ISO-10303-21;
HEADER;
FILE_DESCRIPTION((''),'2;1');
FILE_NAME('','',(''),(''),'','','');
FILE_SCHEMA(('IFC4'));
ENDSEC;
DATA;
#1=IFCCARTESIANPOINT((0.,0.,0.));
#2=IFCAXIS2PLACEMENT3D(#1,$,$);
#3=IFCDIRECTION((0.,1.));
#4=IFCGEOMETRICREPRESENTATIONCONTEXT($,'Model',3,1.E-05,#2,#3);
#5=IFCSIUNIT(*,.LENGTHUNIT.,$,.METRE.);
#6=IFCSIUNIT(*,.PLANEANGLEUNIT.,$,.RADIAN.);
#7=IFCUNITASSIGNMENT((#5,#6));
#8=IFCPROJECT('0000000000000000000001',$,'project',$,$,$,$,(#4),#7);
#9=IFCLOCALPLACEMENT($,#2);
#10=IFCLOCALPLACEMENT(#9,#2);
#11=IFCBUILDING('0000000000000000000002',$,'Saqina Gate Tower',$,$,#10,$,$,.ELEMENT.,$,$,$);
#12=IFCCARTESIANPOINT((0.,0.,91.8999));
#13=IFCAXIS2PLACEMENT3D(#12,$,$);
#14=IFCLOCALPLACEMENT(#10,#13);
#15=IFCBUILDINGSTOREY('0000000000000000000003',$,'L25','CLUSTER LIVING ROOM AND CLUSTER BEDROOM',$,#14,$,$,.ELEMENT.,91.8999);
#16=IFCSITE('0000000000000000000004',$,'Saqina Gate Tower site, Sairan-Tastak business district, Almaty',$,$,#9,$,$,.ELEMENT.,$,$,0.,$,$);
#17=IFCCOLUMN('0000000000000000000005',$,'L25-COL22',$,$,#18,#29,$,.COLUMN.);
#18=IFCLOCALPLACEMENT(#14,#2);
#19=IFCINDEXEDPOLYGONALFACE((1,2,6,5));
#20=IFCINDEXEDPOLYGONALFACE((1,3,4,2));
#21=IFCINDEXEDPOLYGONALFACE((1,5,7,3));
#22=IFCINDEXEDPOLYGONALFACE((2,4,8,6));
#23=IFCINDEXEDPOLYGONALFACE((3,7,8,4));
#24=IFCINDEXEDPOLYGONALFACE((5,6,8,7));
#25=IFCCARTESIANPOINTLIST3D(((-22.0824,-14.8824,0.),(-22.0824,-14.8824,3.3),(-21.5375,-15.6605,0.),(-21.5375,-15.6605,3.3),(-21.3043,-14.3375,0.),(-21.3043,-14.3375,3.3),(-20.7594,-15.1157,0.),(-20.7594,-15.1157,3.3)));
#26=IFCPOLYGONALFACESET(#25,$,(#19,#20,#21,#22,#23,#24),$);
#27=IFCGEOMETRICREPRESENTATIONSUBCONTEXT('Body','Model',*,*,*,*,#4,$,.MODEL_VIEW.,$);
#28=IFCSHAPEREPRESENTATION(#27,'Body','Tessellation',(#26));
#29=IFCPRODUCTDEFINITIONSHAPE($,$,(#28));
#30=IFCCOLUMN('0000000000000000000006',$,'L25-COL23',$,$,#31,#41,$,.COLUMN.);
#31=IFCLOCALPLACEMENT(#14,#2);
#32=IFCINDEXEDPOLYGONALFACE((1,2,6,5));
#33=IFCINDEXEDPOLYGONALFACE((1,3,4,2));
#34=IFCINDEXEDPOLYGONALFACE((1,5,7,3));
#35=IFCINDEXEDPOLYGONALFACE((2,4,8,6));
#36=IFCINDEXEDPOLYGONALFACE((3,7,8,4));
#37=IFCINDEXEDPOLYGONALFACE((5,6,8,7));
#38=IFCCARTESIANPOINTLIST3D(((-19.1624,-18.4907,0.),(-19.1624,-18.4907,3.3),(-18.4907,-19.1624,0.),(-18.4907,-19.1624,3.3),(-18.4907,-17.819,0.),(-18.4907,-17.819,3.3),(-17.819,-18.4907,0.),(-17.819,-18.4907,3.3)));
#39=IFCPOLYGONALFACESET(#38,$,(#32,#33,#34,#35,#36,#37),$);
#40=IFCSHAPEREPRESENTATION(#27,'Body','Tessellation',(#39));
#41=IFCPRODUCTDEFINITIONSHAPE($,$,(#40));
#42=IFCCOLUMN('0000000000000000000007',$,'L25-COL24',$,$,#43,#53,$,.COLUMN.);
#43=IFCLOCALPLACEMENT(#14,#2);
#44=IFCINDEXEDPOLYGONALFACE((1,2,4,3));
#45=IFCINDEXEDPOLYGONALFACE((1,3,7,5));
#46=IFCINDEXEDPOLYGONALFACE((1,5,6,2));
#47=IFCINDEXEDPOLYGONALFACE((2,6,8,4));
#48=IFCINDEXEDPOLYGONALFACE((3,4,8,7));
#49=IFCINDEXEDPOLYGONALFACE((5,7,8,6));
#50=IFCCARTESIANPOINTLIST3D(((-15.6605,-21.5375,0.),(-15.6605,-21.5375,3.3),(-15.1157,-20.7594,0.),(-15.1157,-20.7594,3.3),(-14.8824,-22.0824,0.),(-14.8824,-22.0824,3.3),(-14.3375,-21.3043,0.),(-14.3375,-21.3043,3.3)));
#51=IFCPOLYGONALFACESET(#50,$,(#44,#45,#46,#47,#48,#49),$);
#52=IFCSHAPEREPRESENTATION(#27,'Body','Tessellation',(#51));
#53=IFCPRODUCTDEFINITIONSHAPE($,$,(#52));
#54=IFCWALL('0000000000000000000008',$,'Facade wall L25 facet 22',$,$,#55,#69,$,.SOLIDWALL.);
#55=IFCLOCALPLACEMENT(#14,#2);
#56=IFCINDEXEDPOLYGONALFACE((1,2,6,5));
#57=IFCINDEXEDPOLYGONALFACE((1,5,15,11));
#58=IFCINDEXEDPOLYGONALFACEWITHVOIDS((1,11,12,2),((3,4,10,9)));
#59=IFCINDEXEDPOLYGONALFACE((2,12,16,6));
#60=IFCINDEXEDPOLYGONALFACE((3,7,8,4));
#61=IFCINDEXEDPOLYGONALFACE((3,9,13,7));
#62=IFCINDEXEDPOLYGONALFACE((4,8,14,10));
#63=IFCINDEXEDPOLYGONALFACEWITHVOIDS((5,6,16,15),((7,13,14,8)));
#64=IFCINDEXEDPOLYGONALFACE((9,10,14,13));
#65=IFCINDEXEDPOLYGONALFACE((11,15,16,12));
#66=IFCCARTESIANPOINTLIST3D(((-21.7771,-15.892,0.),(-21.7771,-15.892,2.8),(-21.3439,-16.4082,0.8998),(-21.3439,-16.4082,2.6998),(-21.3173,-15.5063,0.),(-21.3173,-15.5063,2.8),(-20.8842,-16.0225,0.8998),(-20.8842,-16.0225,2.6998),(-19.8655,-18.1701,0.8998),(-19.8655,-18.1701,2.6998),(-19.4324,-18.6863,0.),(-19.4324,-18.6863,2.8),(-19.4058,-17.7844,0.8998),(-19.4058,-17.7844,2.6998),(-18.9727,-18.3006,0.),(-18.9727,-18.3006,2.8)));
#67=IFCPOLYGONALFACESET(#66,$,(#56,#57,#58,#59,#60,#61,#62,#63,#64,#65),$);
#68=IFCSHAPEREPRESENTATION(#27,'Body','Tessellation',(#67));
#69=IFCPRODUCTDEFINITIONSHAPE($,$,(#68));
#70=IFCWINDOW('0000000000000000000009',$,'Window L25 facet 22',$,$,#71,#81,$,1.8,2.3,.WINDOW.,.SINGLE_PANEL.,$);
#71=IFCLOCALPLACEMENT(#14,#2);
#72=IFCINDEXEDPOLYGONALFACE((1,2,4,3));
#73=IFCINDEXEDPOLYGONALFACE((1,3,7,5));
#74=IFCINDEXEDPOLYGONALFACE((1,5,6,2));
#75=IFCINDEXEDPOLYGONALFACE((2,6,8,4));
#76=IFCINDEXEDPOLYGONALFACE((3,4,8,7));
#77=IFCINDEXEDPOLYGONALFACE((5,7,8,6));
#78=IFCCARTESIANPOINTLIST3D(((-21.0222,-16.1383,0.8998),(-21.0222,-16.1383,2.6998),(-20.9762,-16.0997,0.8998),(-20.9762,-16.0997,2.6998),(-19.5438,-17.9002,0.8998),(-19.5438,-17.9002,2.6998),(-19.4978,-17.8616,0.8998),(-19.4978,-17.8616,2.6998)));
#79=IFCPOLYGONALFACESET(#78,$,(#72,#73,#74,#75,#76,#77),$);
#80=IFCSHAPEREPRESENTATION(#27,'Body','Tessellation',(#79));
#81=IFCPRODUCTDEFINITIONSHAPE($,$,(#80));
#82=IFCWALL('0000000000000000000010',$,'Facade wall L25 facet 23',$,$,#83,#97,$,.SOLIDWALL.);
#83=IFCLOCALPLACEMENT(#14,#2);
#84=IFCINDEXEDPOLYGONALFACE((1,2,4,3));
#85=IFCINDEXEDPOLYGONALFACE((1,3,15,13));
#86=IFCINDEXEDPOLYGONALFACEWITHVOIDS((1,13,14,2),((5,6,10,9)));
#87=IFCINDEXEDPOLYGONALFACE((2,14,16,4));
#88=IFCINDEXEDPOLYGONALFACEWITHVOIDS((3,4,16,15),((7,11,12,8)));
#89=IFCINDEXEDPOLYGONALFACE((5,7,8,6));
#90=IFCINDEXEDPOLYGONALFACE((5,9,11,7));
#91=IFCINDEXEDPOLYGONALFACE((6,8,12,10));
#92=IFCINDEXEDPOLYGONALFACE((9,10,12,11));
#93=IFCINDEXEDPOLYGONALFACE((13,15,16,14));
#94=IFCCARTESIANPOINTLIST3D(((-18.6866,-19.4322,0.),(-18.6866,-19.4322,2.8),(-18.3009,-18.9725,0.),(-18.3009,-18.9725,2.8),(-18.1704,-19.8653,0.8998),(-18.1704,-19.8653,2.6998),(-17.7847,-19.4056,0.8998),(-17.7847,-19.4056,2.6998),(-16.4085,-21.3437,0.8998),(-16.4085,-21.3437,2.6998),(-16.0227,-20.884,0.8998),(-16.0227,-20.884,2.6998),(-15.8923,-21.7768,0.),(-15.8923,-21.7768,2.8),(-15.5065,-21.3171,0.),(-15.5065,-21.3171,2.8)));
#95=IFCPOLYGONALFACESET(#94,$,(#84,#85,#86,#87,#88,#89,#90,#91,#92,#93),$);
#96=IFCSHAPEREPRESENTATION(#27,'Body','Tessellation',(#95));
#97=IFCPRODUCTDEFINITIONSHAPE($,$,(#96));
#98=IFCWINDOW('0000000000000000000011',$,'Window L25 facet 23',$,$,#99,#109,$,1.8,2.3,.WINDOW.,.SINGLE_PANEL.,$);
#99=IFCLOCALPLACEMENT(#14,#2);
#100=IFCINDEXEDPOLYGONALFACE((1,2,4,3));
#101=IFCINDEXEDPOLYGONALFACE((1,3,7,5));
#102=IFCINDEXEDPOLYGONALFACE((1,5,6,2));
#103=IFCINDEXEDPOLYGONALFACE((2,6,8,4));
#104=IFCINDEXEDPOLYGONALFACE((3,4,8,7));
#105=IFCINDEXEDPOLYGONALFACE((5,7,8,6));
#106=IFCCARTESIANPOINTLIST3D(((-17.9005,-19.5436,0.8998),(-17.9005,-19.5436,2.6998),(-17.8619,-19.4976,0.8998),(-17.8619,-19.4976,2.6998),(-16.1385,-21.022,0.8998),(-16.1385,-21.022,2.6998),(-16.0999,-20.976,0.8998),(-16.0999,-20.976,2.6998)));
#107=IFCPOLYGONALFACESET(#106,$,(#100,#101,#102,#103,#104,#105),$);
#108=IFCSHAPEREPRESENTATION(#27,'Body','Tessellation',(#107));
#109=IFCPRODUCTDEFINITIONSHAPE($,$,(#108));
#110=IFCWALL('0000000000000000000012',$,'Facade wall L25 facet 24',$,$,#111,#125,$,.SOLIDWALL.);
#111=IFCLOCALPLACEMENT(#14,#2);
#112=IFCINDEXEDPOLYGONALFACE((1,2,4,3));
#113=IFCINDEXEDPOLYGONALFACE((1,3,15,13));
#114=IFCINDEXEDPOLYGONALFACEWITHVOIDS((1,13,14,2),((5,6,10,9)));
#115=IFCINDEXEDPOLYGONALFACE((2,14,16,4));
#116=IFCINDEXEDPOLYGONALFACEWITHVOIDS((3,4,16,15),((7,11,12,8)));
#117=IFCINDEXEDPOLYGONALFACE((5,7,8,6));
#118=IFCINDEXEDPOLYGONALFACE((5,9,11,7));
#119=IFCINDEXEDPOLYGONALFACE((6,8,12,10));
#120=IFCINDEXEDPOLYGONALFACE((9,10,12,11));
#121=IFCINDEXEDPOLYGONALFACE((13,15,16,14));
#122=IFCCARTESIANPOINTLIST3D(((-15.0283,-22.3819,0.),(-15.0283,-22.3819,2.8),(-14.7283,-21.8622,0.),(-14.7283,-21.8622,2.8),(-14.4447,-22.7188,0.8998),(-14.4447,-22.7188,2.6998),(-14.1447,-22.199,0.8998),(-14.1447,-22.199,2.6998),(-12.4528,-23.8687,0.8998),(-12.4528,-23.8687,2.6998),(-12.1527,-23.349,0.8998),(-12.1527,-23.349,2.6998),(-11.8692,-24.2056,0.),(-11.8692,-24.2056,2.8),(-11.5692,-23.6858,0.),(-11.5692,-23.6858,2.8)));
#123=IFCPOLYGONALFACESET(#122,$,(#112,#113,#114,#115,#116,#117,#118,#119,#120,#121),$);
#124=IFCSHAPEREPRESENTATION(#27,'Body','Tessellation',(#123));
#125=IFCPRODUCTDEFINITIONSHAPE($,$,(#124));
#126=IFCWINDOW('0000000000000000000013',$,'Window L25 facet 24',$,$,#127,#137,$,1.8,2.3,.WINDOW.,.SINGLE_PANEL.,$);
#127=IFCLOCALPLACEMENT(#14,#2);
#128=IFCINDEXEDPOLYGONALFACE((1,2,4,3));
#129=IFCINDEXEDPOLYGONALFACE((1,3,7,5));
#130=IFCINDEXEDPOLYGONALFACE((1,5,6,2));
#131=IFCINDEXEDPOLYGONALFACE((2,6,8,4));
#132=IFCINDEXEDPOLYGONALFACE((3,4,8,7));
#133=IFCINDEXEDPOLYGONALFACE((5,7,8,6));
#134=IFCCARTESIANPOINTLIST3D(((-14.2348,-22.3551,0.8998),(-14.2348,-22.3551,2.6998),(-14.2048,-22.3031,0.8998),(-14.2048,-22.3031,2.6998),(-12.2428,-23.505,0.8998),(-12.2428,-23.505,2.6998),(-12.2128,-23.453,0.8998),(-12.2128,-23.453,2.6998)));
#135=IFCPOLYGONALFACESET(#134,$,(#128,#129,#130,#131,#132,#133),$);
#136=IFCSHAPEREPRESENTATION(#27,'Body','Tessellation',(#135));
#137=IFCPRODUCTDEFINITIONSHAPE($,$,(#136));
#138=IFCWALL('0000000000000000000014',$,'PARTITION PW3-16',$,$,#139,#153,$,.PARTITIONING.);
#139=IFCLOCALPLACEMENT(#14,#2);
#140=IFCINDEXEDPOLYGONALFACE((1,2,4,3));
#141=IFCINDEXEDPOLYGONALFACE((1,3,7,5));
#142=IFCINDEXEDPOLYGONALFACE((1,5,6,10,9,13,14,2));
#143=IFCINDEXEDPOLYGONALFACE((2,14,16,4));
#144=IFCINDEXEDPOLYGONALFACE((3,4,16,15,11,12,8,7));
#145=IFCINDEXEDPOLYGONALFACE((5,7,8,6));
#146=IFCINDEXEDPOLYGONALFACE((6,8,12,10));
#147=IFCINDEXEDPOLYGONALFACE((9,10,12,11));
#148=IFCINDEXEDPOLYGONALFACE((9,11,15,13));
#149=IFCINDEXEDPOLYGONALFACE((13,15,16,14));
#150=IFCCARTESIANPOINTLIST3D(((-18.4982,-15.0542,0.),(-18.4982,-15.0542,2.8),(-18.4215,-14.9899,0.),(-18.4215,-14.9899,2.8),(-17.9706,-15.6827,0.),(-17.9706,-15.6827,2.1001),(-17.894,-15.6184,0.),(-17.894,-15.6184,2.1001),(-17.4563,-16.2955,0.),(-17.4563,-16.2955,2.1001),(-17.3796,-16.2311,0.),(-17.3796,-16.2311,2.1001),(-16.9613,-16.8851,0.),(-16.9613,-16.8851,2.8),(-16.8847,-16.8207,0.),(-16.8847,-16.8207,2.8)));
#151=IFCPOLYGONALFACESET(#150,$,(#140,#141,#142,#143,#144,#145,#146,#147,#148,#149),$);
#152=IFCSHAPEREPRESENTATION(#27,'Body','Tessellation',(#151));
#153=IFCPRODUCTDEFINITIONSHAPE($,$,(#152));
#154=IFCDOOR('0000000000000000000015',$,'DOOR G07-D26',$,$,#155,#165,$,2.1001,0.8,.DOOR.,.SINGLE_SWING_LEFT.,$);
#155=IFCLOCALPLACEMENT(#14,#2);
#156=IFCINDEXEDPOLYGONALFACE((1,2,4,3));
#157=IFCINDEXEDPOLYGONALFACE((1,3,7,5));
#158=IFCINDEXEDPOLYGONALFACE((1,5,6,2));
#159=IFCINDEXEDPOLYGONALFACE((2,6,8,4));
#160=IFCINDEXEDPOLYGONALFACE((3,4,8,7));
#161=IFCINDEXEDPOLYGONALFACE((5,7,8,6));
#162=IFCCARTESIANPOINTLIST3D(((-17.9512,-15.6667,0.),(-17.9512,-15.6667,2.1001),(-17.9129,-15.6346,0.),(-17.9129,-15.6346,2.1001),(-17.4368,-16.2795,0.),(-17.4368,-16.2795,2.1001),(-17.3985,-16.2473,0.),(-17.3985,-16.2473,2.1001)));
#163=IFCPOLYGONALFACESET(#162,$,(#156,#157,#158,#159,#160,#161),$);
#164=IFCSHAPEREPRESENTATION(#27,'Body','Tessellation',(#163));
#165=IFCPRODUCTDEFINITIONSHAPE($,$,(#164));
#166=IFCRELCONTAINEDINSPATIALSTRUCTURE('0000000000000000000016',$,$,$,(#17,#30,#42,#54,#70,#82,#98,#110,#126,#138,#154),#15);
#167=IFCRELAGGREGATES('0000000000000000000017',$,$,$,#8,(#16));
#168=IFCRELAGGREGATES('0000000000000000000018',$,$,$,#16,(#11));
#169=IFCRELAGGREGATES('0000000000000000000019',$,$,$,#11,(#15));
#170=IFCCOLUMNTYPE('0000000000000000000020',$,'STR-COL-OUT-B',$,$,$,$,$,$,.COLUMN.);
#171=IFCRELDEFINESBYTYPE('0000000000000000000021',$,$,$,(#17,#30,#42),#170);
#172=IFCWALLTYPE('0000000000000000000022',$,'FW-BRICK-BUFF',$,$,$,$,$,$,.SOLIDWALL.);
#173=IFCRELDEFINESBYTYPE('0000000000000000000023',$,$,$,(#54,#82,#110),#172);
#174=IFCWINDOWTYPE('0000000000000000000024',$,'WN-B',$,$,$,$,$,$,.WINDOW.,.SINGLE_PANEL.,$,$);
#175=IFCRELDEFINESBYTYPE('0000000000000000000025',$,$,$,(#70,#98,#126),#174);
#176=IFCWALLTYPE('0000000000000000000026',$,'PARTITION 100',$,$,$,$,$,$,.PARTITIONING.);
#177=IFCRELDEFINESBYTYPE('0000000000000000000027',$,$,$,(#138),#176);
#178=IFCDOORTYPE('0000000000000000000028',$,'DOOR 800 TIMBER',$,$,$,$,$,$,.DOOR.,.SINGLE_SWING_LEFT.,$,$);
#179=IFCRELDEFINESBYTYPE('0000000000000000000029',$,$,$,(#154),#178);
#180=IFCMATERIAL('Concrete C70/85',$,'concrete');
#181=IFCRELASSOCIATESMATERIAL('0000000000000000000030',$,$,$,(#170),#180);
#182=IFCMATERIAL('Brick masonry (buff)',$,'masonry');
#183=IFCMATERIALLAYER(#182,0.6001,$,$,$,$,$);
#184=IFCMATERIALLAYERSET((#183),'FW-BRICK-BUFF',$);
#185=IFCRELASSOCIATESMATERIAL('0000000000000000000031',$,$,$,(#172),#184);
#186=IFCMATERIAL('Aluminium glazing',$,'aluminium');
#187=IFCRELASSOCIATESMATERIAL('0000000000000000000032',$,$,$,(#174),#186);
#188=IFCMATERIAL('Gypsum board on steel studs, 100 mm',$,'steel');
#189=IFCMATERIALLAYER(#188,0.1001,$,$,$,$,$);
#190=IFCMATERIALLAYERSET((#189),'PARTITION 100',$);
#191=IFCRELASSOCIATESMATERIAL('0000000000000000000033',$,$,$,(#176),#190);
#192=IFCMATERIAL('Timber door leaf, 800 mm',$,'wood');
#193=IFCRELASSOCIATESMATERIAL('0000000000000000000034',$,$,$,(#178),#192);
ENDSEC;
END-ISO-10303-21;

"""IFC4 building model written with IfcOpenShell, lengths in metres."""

from ifc_helpers import new_model, si_unit, direction, frame, frame_2d, origin, origin_2d, place, context, subcontext, project, spatial, rectangle, extrude, material, layer, layer_set, material_profile, profile_set, type_object, element, fill, save


model = new_model("IFC4")

# Units and contexts
model_context = context("Model", 3, precision=1e-05, world=origin(), true_north=direction((0.0, 1.0)))
body_context = subcontext(model_context, "Body", "Model", "MODEL_VIEW")
ifc_project = project(units=[si_unit("LENGTHUNIT", "METRE"), si_unit("PLANEANGLEUNIT", "RADIAN")], contexts=[model_context])

# Site, building, storey
site_placement = place(None, origin())
site = spatial("IfcSite", under=ifc_project, at=site_placement, Name="Saqina Gate Tower site, Sairan-Tastak business district, Almaty", CompositionType="ELEMENT", RefElevation=0.0)
building_placement = place(site_placement, origin())
building = spatial("IfcBuilding", under=site, at=building_placement, Name="Saqina Gate Tower", CompositionType="ELEMENT")
storey_placement = place(building_placement, frame((0.0, 0.0, 91.8999)))
storey = spatial("IfcBuildingStorey", under=building, at=storey_placement, Name="L25", Description="CLUSTER LIVING ROOM AND CLUSTER BEDROOM", CompositionType="ELEMENT", Elevation=91.8999)

# Columns
ifc_material_1 = material(Name="Concrete C70/85", Category="concrete")
ifc_material_profile = material_profile(ifc_material_1, rectangle(XDim=0.95, YDim=0.95, at=origin_2d()), Name="RC 950x950")
ifc_profile_set = profile_set([ifc_material_profile], Name="Concrete C70/85")
column_type = type_object("IfcColumnType", Name="STR-COL-OUT-B", PredefinedType="COLUMN", material=ifc_profile_set)
for number, where, z_axis, x_axis, name in (
    (1, (-21.4209, -14.999, 0.0), (0.0, 0.0, 1.0), (-0.819152, -0.573576, 0.0), "L25-COL22"),
    (2, (-18.4907, -18.4907, 0.0), (0.0, 0.0, 1.0), (-0.707107, -0.707107, 0.0), "L25-COL23"),
    (3, (-14.999, -21.4209, 0.0), (0.0, 0.0, 1.0), (-0.573576, -0.819152, 0.0), "L25-COL24"),
):
    element("IfcColumn", number, at=place(storey_placement, frame(where, z_axis=z_axis, x_axis=x_axis)), inside=storey, type_object=column_type, Name=name, PredefinedType="COLUMN", context=body_context, shape_type="SweptSolid", body=[
        extrude(rectangle(XDim=0.95, YDim=0.95, at=origin_2d()), origin(), (0.0, 0.0, 1.0), 3.3),
    ])

# Walls, openings, windows
ifc_material_2 = material(Name="Brick masonry (buff)", Category="masonry")
ifc_layer_1 = layer(ifc_material_2, 0.6001)
ifc_layer_set_1 = layer_set([ifc_layer_1], Name="FW-BRICK-BUFF")
wall_type_1 = type_object("IfcWallType", Name="FW-BRICK-BUFF", PredefinedType="SOLIDWALL", material=ifc_layer_set_1)
wall_1_placement = place(storey_placement, frame((-21.5471, -15.6992, 0.0), z_axis=(0.0, 0.0, 1.0), x_axis=(0.642774, -0.766055, 0.0)))
wall_1 = element("IfcWall", 4, at=wall_1_placement, inside=storey, type_object=wall_type_1, Name="Facade wall L25 facet 22", PredefinedType="SOLIDWALL", context=body_context, shape_type="SweptSolid", body=[
    extrude(rectangle(XDim=3.6477, YDim=0.6001, at=frame_2d((1.8237, 0.0))), origin(), (0.0, 0.0, 1.0), 2.8),
])
opening_1_placement = place(wall_1_placement, frame((0.6738, 0.0, 0.8999)))
opening_1 = element("IfcOpeningElement", 5, at=opening_1_placement, cuts=wall_1, PredefinedType="OPENING", context=body_context, shape_type="SweptSolid", body=[
    extrude(rectangle(XDim=2.3, YDim=1.8, at=frame_2d((1.1499, 0.8999))), frame((0.0, 0.312, 0.0), z_axis=(0.0, -1.0, 0.0), x_axis=(1.0, 0.0, 0.0)), (0.0, 0.0, 1.0), 0.624),
])
ifc_material_3 = material(Name="Aluminium glazing", Category="aluminium")
window_type = type_object("IfcWindowType", Name="WN-B", PartitioningType="SINGLE_PANEL", PredefinedType="WINDOW", material=ifc_material_3)
window_1_placement = place(opening_1_placement, origin())
window_1 = element("IfcWindow", 6, at=window_1_placement, inside=storey, type_object=window_type, Name="Window L25 facet 22", OverallHeight=1.8, OverallWidth=2.3, PartitioningType="SINGLE_PANEL", PredefinedType="WINDOW", context=body_context, shape_type="SweptSolid", body=[
    extrude(rectangle(XDim=2.3, YDim=1.8, at=frame_2d((1.1499, 0.8999))), frame((0.0, 0.1799, 0.0), z_axis=(0.0, -1.0, 0.0), x_axis=(1.0, 0.0, 0.0)), (0.0, 0.0, 1.0), 0.0601),
])
fill(opening_1, window_1)
wall_2_placement = place(storey_placement, frame((-18.4937, -19.2024, 0.0), z_axis=(0.0, 0.0, 1.0), x_axis=(0.766055, -0.642774, 0.0)))
wall_2 = element("IfcWall", 7, at=wall_2_placement, inside=storey, type_object=wall_type_1, Name="Facade wall L25 facet 23", PredefinedType="SOLIDWALL", context=body_context, shape_type="SweptSolid", body=[
    extrude(rectangle(XDim=3.6477, YDim=0.6001, at=frame_2d((1.8237, 0.0))), origin(), (0.0, 0.0, 1.0), 2.8),
])
opening_2_placement = place(wall_2_placement, frame((0.6738, 0.0, 0.8999)))
opening_2 = element("IfcOpeningElement", 8, at=opening_2_placement, cuts=wall_2, PredefinedType="OPENING", context=body_context, shape_type="SweptSolid", body=[
    extrude(rectangle(XDim=2.3, YDim=1.8, at=frame_2d((1.1499, 0.8999))), frame((0.0, 0.312, 0.0), z_axis=(0.0, -1.0, 0.0), x_axis=(1.0, 0.0, 0.0)), (0.0, 0.0, 1.0), 0.624),
])
window_2_placement = place(opening_2_placement, origin())
window_2 = element("IfcWindow", 9, at=window_2_placement, inside=storey, type_object=window_type, Name="Window L25 facet 23", OverallHeight=1.8, OverallWidth=2.3, PartitioningType="SINGLE_PANEL", PredefinedType="WINDOW", context=body_context, shape_type="SweptSolid", body=[
    extrude(rectangle(XDim=2.3, YDim=1.8, at=frame_2d((1.1499, 0.8999))), frame((0.0, 0.1799, 0.0), z_axis=(0.0, -1.0, 0.0), x_axis=(1.0, 0.0, 0.0)), (0.0, 0.0, 1.0), 0.0601),
])
fill(opening_2, window_2)
wall_3_placement = place(storey_placement, frame((-14.8782, -22.1221, 0.0), z_axis=(0.0, 0.0, 1.0), x_axis=(0.866052, -0.499954, 0.0)))
wall_3 = element("IfcWall", 10, at=wall_3_placement, inside=storey, type_object=wall_type_1, Name="Facade wall L25 facet 24", PredefinedType="SOLIDWALL", context=body_context, shape_type="SweptSolid", body=[
    extrude(rectangle(XDim=3.6477, YDim=0.6001, at=frame_2d((1.8237, 0.0))), origin(), (0.0, 0.0, 1.0), 2.8),
])
opening_3_placement = place(wall_3_placement, frame((0.6738, 0.0, 0.8999)))
opening_3 = element("IfcOpeningElement", 11, at=opening_3_placement, cuts=wall_3, PredefinedType="OPENING", context=body_context, shape_type="SweptSolid", body=[
    extrude(rectangle(XDim=2.3, YDim=1.8, at=frame_2d((1.1499, 0.8999))), frame((0.0, 0.312, 0.0), z_axis=(0.0, -1.0, 0.0), x_axis=(1.0, 0.0, 0.0)), (0.0, 0.0, 1.0), 0.624),
])
window_3_placement = place(opening_3_placement, origin())
window_3 = element("IfcWindow", 12, at=window_3_placement, inside=storey, type_object=window_type, Name="Window L25 facet 24", OverallHeight=1.8, OverallWidth=2.3, PartitioningType="SINGLE_PANEL", PredefinedType="WINDOW", context=body_context, shape_type="SweptSolid", body=[
    extrude(rectangle(XDim=2.3, YDim=1.8, at=frame_2d((1.1499, 0.8999))), frame((0.0, 0.1799, 0.0), z_axis=(0.0, -1.0, 0.0), x_axis=(1.0, 0.0, 0.0)), (0.0, 0.0, 1.0), 0.0601),
])
fill(opening_3, window_3)

# Wall, opening, door
ifc_material_4 = material(Name="Gypsum board on steel studs, 100 mm", Category="steel")
ifc_layer_2 = layer(ifc_material_4, 0.1001)
ifc_layer_set_2 = layer_set([ifc_layer_2], Name="PARTITION 100")
wall_type_2 = type_object("IfcWallType", Name="PARTITION 100", PredefinedType="PARTITIONING", material=ifc_layer_set_2)
wall_4_placement = place(storey_placement, frame((-18.46, -15.022, 0.0), z_axis=(0.0, 0.0, 1.0), x_axis=(0.642943, -0.765914, 0.0)))
wall_4 = element("IfcWall", 13, at=wall_4_placement, inside=storey, type_object=wall_type_2, Name="PARTITION PW3-16", PredefinedType="PARTITIONING", context=body_context, shape_type="SweptSolid", body=[
    extrude(rectangle(XDim=2.3904, YDim=0.1001, at=frame_2d((1.1953, 0.0))), origin(), (0.0, 0.0, 1.0), 2.8),
])
opening_4_placement = place(wall_4_placement, frame((0.8208, 0.0, 0.0)))
opening_4 = element("IfcOpeningElement", 14, at=opening_4_placement, cuts=wall_4, PredefinedType="OPENING", context=body_context, shape_type="SweptSolid", body=[
    extrude(rectangle(XDim=0.8, YDim=2.1001, at=frame_2d((0.3999, 1.05))), frame((0.0, 0.062, 0.0), z_axis=(0.0, -1.0, 0.0), x_axis=(1.0, 0.0, 0.0)), (0.0, 0.0, 1.0), 0.124),
])
ifc_material_5 = material(Name="Timber door leaf, 800 mm", Category="wood")
door_type_1 = type_object("IfcDoorType", Name="DOOR 800 TIMBER", OperationType="SINGLE_SWING_LEFT", PredefinedType="DOOR", material=ifc_material_5)
door_1_placement = place(opening_4_placement, frame((0.8, 0.0, 0.0), z_axis=(0.0, 0.0, 1.0), x_axis=(-1.0, 0.0, 0.0)))
door_1 = element("IfcDoor", 15, at=door_1_placement, inside=storey, type_object=door_type_1, Name="DOOR G07-D26", OperationType="SINGLE_SWING_LEFT", OverallHeight=2.1001, OverallWidth=0.8, PredefinedType="DOOR", context=body_context, shape_type="SweptSolid", body=[
    extrude(rectangle(XDim=0.8, YDim=2.1001, at=frame_2d((0.3999, 1.05))), frame((0.0, 0.0249, 0.0), z_axis=(0.0, -1.0, 0.0), x_axis=(1.0, 0.0, 0.0)), (0.0, 0.0, 1.0), 0.05),
])
fill(opening_4, door_1)

save(model, "model.ifc")
